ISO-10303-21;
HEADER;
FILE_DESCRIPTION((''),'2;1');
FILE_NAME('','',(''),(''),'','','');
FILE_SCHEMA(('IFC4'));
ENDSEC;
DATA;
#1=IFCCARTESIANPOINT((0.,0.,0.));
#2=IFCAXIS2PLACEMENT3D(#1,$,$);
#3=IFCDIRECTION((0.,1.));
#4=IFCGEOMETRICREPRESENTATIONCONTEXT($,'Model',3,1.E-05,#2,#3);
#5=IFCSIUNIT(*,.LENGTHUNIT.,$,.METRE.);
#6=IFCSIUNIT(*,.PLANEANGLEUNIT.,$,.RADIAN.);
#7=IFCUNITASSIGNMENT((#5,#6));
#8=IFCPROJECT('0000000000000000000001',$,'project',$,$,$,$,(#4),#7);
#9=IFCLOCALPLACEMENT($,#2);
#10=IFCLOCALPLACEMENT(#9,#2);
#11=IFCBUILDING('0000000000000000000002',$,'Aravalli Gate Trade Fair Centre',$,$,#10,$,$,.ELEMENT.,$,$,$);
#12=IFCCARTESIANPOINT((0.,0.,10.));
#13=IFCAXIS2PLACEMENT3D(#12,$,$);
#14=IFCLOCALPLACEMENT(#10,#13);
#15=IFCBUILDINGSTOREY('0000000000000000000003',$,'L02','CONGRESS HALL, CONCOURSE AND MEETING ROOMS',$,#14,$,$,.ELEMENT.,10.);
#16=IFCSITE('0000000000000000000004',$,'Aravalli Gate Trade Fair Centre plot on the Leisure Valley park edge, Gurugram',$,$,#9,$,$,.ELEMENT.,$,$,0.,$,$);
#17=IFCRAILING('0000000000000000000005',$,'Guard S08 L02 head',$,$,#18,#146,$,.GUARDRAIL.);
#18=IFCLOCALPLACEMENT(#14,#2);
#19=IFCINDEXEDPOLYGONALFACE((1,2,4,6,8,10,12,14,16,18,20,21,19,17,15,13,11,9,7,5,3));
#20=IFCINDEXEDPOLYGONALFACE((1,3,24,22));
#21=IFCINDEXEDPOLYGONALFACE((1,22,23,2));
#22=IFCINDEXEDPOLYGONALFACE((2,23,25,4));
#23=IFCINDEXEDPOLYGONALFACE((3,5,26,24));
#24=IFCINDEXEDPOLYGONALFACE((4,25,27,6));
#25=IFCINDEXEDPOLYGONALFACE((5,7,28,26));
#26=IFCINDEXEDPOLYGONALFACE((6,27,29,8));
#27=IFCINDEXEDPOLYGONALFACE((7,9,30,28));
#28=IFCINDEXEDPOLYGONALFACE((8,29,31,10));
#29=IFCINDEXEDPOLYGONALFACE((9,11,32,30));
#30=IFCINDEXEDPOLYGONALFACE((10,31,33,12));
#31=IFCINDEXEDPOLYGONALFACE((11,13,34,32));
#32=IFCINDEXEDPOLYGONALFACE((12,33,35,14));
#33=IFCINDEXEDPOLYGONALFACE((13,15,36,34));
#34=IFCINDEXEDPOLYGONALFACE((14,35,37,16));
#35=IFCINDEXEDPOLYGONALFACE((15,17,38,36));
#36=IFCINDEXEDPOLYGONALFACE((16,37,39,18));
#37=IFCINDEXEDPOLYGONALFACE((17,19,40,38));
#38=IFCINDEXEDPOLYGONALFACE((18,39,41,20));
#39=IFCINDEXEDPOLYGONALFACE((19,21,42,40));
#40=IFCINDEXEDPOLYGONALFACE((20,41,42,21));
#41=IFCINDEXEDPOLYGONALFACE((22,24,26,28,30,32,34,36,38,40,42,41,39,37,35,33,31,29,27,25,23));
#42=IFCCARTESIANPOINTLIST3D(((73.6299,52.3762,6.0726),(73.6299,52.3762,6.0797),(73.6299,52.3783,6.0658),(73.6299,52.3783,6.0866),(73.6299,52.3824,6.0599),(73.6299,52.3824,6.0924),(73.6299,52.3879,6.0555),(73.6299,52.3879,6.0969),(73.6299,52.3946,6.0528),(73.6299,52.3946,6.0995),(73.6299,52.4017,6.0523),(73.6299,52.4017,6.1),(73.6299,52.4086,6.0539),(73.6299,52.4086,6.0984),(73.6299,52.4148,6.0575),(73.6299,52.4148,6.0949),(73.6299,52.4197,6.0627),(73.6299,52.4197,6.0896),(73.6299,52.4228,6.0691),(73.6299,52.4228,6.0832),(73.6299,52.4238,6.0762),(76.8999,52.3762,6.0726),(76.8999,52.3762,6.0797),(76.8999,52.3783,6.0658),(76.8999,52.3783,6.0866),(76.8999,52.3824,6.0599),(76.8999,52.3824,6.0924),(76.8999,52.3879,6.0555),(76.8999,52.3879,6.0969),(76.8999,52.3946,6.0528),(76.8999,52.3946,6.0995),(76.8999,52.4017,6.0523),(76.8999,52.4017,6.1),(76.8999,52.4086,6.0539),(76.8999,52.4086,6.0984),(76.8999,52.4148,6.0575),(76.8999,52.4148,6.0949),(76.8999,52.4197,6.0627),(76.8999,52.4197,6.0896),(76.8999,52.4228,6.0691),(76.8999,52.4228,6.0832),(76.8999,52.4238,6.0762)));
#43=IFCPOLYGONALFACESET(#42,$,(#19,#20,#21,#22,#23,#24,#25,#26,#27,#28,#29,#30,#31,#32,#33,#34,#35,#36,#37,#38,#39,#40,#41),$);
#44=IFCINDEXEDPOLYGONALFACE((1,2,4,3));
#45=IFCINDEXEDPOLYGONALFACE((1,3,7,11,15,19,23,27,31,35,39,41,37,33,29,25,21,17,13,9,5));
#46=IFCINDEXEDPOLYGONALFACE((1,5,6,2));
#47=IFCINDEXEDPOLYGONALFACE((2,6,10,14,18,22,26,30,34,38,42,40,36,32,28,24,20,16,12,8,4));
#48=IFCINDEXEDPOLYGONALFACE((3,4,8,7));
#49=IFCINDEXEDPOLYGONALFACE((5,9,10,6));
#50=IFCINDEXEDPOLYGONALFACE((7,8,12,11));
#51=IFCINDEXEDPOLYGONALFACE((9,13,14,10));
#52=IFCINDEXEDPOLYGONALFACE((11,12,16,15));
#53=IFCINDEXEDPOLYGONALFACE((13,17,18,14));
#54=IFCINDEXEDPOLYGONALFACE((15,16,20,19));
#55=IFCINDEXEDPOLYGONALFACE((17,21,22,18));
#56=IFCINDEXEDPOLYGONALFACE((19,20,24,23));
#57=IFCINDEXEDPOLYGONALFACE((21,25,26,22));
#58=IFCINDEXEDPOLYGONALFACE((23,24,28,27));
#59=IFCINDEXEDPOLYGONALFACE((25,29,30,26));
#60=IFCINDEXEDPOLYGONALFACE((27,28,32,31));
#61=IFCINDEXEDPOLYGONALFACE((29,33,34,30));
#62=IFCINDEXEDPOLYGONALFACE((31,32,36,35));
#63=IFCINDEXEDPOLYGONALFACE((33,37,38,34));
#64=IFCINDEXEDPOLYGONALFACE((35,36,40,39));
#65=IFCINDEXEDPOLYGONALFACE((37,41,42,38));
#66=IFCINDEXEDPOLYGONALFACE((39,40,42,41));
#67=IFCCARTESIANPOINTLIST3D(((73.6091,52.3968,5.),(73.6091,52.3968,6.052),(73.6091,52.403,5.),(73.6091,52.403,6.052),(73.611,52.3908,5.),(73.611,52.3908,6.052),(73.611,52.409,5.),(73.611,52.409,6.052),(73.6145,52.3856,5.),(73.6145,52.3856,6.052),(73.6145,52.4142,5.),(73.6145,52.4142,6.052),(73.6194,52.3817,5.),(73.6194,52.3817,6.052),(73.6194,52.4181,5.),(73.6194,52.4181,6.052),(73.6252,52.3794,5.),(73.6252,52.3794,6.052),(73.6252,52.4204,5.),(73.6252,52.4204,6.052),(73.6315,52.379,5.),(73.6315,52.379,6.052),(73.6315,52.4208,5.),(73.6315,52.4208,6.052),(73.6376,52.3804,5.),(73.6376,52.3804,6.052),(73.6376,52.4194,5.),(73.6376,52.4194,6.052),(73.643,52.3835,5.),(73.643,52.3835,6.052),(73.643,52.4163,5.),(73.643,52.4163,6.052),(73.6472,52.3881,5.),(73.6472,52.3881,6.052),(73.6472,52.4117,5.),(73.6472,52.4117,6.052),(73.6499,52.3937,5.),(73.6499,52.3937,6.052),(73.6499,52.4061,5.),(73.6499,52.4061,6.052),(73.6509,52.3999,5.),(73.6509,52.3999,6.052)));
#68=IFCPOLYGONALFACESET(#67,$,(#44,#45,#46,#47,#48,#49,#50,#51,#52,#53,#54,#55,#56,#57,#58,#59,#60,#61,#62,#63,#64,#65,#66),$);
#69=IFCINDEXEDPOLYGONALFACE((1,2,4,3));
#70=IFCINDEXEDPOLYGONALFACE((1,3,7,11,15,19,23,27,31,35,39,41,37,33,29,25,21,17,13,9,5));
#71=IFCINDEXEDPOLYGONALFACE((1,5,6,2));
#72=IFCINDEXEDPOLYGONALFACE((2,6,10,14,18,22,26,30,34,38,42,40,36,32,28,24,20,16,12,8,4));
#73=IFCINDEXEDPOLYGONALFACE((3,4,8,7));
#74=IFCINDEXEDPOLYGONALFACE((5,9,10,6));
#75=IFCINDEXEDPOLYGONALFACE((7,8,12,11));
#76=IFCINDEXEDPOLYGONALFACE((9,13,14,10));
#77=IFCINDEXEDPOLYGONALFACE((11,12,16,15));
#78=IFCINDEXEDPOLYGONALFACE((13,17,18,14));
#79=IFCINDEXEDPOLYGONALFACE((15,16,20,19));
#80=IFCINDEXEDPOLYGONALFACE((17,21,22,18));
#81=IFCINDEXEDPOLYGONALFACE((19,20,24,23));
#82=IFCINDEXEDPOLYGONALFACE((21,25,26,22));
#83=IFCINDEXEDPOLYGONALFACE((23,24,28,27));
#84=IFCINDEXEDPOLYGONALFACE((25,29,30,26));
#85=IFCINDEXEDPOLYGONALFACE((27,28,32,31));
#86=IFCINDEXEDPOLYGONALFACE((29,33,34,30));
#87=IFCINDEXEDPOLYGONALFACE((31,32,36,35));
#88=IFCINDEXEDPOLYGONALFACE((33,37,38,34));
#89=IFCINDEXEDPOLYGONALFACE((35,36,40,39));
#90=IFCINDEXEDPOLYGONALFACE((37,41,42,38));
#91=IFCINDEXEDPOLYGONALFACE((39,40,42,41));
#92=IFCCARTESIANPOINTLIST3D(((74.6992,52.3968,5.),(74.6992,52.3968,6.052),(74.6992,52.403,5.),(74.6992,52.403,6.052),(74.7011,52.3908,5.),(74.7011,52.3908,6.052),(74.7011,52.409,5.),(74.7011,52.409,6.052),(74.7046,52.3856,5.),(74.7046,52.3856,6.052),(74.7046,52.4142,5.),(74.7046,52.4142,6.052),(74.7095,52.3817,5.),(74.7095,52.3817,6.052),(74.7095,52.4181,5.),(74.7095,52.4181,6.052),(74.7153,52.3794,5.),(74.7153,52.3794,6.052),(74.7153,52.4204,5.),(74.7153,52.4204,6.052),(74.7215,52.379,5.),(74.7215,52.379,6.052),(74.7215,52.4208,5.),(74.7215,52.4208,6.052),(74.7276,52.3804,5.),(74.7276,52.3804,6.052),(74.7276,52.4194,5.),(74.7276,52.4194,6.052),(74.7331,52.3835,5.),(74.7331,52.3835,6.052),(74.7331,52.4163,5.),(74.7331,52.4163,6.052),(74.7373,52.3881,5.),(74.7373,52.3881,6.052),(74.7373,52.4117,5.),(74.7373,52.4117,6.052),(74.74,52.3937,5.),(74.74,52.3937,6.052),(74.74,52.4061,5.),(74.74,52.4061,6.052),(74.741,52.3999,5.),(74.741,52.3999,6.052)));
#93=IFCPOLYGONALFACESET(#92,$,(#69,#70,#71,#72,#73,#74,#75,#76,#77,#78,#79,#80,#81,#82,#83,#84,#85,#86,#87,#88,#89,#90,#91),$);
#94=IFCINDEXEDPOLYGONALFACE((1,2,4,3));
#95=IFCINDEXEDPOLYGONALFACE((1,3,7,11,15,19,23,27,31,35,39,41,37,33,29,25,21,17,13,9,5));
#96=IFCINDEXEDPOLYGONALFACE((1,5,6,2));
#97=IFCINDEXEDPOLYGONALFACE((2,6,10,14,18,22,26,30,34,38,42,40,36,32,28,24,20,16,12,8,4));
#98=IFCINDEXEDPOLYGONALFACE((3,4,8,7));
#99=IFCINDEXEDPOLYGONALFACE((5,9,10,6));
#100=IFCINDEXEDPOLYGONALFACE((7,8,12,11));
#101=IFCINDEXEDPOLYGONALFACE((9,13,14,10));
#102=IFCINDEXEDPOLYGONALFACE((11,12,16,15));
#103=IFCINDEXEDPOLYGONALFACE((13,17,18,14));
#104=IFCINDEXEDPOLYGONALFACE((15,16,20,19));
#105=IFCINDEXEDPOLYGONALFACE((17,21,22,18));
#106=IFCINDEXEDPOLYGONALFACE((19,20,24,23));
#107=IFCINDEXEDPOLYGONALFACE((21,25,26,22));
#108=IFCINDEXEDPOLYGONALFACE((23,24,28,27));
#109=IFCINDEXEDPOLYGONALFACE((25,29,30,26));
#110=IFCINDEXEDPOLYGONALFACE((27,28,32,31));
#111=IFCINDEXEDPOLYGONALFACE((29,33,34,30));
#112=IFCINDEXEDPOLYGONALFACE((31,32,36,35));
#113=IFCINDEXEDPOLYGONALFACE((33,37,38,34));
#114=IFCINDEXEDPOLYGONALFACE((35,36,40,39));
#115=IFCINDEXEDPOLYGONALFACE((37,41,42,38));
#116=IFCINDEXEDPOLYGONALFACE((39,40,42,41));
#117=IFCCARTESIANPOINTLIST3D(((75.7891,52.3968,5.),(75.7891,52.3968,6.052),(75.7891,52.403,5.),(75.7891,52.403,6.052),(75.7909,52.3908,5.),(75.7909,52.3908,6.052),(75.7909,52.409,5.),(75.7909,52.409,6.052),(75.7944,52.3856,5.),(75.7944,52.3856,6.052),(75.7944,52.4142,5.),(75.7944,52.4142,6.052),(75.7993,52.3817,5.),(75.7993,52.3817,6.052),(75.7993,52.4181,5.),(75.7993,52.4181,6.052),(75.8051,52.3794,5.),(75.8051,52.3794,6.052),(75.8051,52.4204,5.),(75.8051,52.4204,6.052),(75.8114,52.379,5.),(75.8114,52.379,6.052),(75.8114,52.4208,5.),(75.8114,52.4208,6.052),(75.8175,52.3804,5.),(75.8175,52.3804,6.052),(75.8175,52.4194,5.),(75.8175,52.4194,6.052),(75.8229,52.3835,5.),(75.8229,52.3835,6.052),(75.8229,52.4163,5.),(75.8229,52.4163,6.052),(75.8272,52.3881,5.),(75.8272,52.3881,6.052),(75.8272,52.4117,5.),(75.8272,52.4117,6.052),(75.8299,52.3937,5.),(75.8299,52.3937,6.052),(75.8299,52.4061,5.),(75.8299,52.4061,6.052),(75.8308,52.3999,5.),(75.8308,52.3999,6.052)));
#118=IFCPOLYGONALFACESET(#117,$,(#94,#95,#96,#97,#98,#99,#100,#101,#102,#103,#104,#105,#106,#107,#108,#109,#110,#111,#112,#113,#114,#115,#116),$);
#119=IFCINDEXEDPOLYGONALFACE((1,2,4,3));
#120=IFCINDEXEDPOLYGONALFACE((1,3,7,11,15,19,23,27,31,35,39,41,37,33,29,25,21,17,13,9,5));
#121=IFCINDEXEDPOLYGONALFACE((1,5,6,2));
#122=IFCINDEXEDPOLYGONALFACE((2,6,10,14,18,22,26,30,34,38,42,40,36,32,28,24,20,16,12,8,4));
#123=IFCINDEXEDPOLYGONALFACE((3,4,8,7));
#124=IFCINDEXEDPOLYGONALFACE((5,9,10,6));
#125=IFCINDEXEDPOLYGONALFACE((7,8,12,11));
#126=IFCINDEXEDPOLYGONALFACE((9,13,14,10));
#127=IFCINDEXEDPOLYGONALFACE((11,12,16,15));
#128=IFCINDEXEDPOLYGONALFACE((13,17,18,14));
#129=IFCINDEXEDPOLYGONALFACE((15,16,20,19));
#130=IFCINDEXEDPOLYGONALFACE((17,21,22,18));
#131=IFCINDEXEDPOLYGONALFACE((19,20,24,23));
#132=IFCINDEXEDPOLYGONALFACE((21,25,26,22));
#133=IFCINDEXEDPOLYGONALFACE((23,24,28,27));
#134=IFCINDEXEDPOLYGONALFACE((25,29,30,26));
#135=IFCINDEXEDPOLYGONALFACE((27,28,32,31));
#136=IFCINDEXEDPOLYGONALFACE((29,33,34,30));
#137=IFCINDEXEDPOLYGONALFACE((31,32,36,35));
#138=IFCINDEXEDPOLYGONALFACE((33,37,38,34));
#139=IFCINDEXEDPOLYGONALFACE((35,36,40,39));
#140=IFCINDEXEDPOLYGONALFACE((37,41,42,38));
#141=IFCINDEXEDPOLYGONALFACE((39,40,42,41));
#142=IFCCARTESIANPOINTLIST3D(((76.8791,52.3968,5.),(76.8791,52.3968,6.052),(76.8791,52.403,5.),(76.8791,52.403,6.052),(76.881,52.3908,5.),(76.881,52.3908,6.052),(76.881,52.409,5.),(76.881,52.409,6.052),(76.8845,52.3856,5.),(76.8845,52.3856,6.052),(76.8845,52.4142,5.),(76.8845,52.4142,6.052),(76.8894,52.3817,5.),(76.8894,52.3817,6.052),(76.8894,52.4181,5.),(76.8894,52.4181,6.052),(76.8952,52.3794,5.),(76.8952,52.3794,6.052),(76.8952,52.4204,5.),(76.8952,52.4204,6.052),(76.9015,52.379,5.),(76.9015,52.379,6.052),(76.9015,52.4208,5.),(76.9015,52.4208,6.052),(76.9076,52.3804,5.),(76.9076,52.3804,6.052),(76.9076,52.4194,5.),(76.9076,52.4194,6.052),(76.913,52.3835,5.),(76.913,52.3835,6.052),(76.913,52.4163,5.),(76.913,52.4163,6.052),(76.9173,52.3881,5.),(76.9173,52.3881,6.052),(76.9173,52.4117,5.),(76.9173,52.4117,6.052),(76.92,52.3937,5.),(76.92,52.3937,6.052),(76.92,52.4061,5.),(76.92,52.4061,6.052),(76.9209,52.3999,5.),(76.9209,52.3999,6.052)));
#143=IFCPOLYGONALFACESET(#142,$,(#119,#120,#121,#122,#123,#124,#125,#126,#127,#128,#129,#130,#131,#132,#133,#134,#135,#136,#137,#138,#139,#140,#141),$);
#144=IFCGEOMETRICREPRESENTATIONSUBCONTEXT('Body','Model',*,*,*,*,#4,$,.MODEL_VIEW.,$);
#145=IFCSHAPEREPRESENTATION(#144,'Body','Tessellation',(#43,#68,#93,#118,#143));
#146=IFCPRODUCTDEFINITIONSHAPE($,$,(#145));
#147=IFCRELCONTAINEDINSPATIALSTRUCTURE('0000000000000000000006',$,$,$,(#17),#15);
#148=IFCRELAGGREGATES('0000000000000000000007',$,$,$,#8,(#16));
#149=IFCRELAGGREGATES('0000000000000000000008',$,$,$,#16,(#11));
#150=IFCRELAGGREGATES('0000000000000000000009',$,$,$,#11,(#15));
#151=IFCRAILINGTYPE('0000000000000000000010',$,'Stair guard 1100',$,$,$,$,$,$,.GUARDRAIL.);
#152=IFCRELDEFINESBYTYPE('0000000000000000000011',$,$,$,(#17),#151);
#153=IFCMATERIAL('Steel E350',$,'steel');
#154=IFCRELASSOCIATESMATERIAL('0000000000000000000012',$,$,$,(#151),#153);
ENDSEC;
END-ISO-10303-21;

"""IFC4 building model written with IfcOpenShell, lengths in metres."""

from ifc_helpers import new_model, si_unit, direction, frame, origin, origin_2d, place, context, subcontext, project, spatial, circle, extrude, material, type_object, element, save


model = new_model("IFC4")

# Units and contexts
model_context = context("Model", 3, precision=1e-05, world=origin(), true_north=direction((0.0, 1.0)))
body_context = subcontext(model_context, "Body", "Model", "MODEL_VIEW")
ifc_project = project(units=[si_unit("LENGTHUNIT", "METRE"), si_unit("PLANEANGLEUNIT", "RADIAN")], contexts=[model_context])

# Site, building, storey
site_placement = place(None, origin())
site = spatial("IfcSite", under=ifc_project, at=site_placement, Name="Aravalli Gate Trade Fair Centre plot on the Leisure Valley park edge, Gurugram", CompositionType="ELEMENT", RefElevation=0.0)
building_placement = place(site_placement, origin())
building = spatial("IfcBuilding", under=site, at=building_placement, Name="Aravalli Gate Trade Fair Centre", CompositionType="ELEMENT")
storey_placement = place(building_placement, frame((0.0, 0.0, 10.0)))
storey = spatial("IfcBuildingStorey", under=building, at=storey_placement, Name="L02", Description="CONGRESS HALL, CONCOURSE AND MEETING ROOMS", CompositionType="ELEMENT", Elevation=10.0)

# Shared definitions
ifc_material_1 = material(Name="Steel E350", Category="steel")

# Railing
railing_type_1 = type_object("IfcRailingType", Name="Stair guard 1100", PredefinedType="GUARDRAIL", material=ifc_material_1)
railing_placement = place(storey_placement, frame((73.6299, 52.3999, 5.0)))
element("IfcRailing", 1, at=railing_placement, inside=storey, type_object=railing_type_1, Name="Guard S08 L02 head", PredefinedType="GUARDRAIL", context=body_context, shape_type="SweptSolid", body=[
    extrude(circle(Radius=0.0239, at=origin_2d()), frame((0.0, 0.0, 1.0762), z_axis=(1.0, 0.0, 0.0), x_axis=(0.0, 1.0, 0.0)), (0.0, 0.0, 1.0), 3.27),
    extrude(circle(Radius=0.021, at=origin_2d()), origin(), (0.0, 0.0, 1.0), 1.052),
    extrude(circle(Radius=0.021, at=origin_2d()), frame((1.0901, 0.0, 0.0)), (0.0, 0.0, 1.0), 1.052),
    extrude(circle(Radius=0.021, at=origin_2d()), frame((2.1799, 0.0, 0.0)), (0.0, 0.0, 1.0), 1.052),
    extrude(circle(Radius=0.021, at=origin_2d()), frame((3.27, 0.0, 0.0)), (0.0, 0.0, 1.0), 1.052),
])

save(model, "model.ifc")
